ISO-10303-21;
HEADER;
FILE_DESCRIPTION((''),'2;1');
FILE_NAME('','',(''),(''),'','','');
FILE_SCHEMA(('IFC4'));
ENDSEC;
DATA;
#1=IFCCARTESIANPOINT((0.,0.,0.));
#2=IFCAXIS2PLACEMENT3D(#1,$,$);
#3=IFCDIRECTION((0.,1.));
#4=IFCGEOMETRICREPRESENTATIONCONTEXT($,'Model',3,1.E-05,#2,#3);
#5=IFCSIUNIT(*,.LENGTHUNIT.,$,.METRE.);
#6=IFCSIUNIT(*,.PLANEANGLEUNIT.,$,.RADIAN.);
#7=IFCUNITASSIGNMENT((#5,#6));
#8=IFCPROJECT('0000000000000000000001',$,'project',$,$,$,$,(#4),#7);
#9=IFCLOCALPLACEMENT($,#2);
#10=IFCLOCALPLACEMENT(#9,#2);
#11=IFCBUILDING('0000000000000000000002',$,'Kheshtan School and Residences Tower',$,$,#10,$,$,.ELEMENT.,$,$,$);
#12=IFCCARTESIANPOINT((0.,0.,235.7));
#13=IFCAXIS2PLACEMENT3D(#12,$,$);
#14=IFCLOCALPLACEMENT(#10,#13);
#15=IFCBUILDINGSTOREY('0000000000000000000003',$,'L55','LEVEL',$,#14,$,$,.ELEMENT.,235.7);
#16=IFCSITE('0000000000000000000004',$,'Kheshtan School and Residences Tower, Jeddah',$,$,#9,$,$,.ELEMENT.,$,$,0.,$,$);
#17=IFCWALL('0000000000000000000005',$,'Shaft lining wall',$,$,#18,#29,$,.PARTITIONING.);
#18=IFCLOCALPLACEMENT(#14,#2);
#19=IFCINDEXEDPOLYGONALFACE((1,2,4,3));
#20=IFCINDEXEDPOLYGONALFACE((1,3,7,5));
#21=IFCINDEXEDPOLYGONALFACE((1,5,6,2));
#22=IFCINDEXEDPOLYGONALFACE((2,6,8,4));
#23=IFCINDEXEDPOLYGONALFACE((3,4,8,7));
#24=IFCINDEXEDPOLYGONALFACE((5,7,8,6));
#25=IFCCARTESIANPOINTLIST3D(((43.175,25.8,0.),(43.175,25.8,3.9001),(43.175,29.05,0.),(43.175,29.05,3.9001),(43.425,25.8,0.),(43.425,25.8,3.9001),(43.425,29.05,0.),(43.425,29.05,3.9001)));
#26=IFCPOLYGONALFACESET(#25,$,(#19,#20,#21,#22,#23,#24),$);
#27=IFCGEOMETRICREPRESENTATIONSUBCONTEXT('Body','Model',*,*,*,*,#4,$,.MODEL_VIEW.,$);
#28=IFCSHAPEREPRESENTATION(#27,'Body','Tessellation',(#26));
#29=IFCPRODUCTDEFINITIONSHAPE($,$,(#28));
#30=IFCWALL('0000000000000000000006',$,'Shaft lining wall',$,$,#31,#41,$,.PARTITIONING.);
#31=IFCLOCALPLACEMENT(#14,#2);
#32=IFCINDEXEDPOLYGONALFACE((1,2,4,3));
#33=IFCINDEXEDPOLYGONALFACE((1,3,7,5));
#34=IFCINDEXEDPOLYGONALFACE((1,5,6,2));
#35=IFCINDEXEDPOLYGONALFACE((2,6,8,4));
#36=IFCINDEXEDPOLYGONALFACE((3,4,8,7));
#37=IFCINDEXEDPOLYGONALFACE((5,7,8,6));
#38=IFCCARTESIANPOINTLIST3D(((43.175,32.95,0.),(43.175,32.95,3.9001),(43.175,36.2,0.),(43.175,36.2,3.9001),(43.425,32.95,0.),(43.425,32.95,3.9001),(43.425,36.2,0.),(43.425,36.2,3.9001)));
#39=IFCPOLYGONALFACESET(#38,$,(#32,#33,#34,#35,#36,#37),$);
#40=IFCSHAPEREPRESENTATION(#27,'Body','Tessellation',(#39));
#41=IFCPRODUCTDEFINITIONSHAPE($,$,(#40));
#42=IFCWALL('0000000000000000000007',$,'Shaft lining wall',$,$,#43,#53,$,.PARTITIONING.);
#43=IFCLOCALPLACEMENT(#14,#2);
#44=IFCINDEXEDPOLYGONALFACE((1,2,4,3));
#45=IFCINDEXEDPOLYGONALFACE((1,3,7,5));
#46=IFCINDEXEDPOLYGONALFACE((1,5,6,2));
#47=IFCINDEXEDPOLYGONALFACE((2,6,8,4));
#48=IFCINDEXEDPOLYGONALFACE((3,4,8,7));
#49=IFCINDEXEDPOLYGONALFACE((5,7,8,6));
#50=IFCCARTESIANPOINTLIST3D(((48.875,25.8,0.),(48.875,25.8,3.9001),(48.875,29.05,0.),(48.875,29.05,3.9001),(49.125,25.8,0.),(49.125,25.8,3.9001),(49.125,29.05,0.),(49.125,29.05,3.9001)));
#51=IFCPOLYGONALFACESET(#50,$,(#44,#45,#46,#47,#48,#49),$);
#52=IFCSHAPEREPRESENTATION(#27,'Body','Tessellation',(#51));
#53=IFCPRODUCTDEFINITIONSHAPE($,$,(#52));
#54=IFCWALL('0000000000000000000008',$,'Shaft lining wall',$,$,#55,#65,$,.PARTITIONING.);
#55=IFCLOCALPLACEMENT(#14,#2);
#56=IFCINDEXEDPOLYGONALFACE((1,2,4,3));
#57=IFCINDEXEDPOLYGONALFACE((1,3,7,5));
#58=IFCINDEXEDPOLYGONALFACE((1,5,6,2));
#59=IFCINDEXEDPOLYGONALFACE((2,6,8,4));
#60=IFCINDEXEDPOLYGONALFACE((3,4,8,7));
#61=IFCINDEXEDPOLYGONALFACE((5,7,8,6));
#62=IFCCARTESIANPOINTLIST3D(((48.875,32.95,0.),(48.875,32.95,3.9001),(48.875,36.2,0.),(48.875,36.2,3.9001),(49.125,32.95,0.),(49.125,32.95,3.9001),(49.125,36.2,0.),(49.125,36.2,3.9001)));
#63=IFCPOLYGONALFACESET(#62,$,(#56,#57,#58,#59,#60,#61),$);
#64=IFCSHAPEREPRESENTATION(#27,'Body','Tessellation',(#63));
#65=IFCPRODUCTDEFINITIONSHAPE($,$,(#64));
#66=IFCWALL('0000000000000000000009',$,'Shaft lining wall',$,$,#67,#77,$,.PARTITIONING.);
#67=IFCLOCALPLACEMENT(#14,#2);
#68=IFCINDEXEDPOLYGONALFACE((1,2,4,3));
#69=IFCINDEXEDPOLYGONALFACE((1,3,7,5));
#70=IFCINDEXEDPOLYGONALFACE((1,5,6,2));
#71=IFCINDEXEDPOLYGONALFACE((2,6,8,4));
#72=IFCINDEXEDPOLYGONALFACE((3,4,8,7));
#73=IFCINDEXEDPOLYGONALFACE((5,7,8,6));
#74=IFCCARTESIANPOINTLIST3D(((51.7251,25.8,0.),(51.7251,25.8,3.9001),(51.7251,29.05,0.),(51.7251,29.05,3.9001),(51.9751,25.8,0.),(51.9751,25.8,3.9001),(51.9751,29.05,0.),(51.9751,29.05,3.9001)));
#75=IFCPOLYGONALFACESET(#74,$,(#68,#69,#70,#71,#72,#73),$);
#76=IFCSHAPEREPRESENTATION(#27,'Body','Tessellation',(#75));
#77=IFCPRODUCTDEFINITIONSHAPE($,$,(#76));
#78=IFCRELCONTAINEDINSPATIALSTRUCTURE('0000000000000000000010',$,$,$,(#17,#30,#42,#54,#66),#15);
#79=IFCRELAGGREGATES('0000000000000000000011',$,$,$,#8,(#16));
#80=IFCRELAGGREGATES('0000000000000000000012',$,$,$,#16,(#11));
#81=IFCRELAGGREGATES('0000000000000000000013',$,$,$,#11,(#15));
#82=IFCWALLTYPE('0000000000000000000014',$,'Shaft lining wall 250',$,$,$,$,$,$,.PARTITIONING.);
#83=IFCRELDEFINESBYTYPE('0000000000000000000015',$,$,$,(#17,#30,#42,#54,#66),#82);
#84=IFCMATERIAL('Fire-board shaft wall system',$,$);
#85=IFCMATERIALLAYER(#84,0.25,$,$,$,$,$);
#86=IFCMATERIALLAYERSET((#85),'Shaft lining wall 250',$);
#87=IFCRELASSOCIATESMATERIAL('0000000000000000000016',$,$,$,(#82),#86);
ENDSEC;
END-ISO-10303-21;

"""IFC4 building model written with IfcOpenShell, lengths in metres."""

from ifc_helpers import new_model, si_unit, direction, frame, frame_2d, origin, place, context, subcontext, project, spatial, rectangle, extrude, material, layer, layer_set, type_object, element, save


model = new_model("IFC4")

# Units and contexts
model_context = context("Model", 3, precision=1e-05, world=origin(), true_north=direction((0.0, 1.0)))
body_context = subcontext(model_context, "Body", "Model", "MODEL_VIEW")
ifc_project = project(units=[si_unit("LENGTHUNIT", "METRE"), si_unit("PLANEANGLEUNIT", "RADIAN")], contexts=[model_context])

# Site, building, storey
site_placement = place(None, origin())
site = spatial("IfcSite", under=ifc_project, at=site_placement, Name="Kheshtan School and Residences Tower, Jeddah", CompositionType="ELEMENT", RefElevation=0.0)
building_placement = place(site_placement, origin())
building = spatial("IfcBuilding", under=site, at=building_placement, Name="Kheshtan School and Residences Tower", CompositionType="ELEMENT")
storey_placement = place(building_placement, frame((0.0, 0.0, 235.7)))
storey = spatial("IfcBuildingStorey", under=building, at=storey_placement, Name="L55", Description="LEVEL", CompositionType="ELEMENT", Elevation=235.7)

# Walls
ifc_material_1 = material(Name="Fire-board shaft wall system")
ifc_layer = layer(ifc_material_1, 0.25)
ifc_layer_set = layer_set([ifc_layer], Name="Shaft lining wall 250")
wall_type = type_object("IfcWallType", Name="Shaft lining wall 250", PredefinedType="PARTITIONING", material=ifc_layer_set)
for number, where, z_axis, x_axis, name in (
    (1, (43.3, 25.8, 0.0), (0.0, 0.0, 1.0), (0.0, 1.0, 0.0), "Shaft lining wall"),
    (2, (43.3, 32.95, 0.0), (0.0, 0.0, 1.0), (0.0, 1.0, 0.0), "Shaft lining wall"),
    (3, (49.0, 25.8, 0.0), (0.0, 0.0, 1.0), (0.0, 1.0, 0.0), "Shaft lining wall"),
    (4, (49.0, 32.95, 0.0), (0.0, 0.0, 1.0), (0.0, 1.0, 0.0), "Shaft lining wall"),
    (5, (51.8501, 25.8, 0.0), (0.0, 0.0, 1.0), (0.0, 1.0, 0.0), "Shaft lining wall"),
):
    element("IfcWall", number, at=place(storey_placement, frame(where, z_axis=z_axis, x_axis=x_axis)), inside=storey, type_object=wall_type, Name=name, PredefinedType="PARTITIONING", context=body_context, shape_type="SweptSolid", body=[
        extrude(rectangle(XDim=3.25, YDim=0.25, at=frame_2d((1.625, 0.0))), origin(), (0.0, 0.0, 1.0), 3.9001),
    ])

save(model, "model.ifc")
